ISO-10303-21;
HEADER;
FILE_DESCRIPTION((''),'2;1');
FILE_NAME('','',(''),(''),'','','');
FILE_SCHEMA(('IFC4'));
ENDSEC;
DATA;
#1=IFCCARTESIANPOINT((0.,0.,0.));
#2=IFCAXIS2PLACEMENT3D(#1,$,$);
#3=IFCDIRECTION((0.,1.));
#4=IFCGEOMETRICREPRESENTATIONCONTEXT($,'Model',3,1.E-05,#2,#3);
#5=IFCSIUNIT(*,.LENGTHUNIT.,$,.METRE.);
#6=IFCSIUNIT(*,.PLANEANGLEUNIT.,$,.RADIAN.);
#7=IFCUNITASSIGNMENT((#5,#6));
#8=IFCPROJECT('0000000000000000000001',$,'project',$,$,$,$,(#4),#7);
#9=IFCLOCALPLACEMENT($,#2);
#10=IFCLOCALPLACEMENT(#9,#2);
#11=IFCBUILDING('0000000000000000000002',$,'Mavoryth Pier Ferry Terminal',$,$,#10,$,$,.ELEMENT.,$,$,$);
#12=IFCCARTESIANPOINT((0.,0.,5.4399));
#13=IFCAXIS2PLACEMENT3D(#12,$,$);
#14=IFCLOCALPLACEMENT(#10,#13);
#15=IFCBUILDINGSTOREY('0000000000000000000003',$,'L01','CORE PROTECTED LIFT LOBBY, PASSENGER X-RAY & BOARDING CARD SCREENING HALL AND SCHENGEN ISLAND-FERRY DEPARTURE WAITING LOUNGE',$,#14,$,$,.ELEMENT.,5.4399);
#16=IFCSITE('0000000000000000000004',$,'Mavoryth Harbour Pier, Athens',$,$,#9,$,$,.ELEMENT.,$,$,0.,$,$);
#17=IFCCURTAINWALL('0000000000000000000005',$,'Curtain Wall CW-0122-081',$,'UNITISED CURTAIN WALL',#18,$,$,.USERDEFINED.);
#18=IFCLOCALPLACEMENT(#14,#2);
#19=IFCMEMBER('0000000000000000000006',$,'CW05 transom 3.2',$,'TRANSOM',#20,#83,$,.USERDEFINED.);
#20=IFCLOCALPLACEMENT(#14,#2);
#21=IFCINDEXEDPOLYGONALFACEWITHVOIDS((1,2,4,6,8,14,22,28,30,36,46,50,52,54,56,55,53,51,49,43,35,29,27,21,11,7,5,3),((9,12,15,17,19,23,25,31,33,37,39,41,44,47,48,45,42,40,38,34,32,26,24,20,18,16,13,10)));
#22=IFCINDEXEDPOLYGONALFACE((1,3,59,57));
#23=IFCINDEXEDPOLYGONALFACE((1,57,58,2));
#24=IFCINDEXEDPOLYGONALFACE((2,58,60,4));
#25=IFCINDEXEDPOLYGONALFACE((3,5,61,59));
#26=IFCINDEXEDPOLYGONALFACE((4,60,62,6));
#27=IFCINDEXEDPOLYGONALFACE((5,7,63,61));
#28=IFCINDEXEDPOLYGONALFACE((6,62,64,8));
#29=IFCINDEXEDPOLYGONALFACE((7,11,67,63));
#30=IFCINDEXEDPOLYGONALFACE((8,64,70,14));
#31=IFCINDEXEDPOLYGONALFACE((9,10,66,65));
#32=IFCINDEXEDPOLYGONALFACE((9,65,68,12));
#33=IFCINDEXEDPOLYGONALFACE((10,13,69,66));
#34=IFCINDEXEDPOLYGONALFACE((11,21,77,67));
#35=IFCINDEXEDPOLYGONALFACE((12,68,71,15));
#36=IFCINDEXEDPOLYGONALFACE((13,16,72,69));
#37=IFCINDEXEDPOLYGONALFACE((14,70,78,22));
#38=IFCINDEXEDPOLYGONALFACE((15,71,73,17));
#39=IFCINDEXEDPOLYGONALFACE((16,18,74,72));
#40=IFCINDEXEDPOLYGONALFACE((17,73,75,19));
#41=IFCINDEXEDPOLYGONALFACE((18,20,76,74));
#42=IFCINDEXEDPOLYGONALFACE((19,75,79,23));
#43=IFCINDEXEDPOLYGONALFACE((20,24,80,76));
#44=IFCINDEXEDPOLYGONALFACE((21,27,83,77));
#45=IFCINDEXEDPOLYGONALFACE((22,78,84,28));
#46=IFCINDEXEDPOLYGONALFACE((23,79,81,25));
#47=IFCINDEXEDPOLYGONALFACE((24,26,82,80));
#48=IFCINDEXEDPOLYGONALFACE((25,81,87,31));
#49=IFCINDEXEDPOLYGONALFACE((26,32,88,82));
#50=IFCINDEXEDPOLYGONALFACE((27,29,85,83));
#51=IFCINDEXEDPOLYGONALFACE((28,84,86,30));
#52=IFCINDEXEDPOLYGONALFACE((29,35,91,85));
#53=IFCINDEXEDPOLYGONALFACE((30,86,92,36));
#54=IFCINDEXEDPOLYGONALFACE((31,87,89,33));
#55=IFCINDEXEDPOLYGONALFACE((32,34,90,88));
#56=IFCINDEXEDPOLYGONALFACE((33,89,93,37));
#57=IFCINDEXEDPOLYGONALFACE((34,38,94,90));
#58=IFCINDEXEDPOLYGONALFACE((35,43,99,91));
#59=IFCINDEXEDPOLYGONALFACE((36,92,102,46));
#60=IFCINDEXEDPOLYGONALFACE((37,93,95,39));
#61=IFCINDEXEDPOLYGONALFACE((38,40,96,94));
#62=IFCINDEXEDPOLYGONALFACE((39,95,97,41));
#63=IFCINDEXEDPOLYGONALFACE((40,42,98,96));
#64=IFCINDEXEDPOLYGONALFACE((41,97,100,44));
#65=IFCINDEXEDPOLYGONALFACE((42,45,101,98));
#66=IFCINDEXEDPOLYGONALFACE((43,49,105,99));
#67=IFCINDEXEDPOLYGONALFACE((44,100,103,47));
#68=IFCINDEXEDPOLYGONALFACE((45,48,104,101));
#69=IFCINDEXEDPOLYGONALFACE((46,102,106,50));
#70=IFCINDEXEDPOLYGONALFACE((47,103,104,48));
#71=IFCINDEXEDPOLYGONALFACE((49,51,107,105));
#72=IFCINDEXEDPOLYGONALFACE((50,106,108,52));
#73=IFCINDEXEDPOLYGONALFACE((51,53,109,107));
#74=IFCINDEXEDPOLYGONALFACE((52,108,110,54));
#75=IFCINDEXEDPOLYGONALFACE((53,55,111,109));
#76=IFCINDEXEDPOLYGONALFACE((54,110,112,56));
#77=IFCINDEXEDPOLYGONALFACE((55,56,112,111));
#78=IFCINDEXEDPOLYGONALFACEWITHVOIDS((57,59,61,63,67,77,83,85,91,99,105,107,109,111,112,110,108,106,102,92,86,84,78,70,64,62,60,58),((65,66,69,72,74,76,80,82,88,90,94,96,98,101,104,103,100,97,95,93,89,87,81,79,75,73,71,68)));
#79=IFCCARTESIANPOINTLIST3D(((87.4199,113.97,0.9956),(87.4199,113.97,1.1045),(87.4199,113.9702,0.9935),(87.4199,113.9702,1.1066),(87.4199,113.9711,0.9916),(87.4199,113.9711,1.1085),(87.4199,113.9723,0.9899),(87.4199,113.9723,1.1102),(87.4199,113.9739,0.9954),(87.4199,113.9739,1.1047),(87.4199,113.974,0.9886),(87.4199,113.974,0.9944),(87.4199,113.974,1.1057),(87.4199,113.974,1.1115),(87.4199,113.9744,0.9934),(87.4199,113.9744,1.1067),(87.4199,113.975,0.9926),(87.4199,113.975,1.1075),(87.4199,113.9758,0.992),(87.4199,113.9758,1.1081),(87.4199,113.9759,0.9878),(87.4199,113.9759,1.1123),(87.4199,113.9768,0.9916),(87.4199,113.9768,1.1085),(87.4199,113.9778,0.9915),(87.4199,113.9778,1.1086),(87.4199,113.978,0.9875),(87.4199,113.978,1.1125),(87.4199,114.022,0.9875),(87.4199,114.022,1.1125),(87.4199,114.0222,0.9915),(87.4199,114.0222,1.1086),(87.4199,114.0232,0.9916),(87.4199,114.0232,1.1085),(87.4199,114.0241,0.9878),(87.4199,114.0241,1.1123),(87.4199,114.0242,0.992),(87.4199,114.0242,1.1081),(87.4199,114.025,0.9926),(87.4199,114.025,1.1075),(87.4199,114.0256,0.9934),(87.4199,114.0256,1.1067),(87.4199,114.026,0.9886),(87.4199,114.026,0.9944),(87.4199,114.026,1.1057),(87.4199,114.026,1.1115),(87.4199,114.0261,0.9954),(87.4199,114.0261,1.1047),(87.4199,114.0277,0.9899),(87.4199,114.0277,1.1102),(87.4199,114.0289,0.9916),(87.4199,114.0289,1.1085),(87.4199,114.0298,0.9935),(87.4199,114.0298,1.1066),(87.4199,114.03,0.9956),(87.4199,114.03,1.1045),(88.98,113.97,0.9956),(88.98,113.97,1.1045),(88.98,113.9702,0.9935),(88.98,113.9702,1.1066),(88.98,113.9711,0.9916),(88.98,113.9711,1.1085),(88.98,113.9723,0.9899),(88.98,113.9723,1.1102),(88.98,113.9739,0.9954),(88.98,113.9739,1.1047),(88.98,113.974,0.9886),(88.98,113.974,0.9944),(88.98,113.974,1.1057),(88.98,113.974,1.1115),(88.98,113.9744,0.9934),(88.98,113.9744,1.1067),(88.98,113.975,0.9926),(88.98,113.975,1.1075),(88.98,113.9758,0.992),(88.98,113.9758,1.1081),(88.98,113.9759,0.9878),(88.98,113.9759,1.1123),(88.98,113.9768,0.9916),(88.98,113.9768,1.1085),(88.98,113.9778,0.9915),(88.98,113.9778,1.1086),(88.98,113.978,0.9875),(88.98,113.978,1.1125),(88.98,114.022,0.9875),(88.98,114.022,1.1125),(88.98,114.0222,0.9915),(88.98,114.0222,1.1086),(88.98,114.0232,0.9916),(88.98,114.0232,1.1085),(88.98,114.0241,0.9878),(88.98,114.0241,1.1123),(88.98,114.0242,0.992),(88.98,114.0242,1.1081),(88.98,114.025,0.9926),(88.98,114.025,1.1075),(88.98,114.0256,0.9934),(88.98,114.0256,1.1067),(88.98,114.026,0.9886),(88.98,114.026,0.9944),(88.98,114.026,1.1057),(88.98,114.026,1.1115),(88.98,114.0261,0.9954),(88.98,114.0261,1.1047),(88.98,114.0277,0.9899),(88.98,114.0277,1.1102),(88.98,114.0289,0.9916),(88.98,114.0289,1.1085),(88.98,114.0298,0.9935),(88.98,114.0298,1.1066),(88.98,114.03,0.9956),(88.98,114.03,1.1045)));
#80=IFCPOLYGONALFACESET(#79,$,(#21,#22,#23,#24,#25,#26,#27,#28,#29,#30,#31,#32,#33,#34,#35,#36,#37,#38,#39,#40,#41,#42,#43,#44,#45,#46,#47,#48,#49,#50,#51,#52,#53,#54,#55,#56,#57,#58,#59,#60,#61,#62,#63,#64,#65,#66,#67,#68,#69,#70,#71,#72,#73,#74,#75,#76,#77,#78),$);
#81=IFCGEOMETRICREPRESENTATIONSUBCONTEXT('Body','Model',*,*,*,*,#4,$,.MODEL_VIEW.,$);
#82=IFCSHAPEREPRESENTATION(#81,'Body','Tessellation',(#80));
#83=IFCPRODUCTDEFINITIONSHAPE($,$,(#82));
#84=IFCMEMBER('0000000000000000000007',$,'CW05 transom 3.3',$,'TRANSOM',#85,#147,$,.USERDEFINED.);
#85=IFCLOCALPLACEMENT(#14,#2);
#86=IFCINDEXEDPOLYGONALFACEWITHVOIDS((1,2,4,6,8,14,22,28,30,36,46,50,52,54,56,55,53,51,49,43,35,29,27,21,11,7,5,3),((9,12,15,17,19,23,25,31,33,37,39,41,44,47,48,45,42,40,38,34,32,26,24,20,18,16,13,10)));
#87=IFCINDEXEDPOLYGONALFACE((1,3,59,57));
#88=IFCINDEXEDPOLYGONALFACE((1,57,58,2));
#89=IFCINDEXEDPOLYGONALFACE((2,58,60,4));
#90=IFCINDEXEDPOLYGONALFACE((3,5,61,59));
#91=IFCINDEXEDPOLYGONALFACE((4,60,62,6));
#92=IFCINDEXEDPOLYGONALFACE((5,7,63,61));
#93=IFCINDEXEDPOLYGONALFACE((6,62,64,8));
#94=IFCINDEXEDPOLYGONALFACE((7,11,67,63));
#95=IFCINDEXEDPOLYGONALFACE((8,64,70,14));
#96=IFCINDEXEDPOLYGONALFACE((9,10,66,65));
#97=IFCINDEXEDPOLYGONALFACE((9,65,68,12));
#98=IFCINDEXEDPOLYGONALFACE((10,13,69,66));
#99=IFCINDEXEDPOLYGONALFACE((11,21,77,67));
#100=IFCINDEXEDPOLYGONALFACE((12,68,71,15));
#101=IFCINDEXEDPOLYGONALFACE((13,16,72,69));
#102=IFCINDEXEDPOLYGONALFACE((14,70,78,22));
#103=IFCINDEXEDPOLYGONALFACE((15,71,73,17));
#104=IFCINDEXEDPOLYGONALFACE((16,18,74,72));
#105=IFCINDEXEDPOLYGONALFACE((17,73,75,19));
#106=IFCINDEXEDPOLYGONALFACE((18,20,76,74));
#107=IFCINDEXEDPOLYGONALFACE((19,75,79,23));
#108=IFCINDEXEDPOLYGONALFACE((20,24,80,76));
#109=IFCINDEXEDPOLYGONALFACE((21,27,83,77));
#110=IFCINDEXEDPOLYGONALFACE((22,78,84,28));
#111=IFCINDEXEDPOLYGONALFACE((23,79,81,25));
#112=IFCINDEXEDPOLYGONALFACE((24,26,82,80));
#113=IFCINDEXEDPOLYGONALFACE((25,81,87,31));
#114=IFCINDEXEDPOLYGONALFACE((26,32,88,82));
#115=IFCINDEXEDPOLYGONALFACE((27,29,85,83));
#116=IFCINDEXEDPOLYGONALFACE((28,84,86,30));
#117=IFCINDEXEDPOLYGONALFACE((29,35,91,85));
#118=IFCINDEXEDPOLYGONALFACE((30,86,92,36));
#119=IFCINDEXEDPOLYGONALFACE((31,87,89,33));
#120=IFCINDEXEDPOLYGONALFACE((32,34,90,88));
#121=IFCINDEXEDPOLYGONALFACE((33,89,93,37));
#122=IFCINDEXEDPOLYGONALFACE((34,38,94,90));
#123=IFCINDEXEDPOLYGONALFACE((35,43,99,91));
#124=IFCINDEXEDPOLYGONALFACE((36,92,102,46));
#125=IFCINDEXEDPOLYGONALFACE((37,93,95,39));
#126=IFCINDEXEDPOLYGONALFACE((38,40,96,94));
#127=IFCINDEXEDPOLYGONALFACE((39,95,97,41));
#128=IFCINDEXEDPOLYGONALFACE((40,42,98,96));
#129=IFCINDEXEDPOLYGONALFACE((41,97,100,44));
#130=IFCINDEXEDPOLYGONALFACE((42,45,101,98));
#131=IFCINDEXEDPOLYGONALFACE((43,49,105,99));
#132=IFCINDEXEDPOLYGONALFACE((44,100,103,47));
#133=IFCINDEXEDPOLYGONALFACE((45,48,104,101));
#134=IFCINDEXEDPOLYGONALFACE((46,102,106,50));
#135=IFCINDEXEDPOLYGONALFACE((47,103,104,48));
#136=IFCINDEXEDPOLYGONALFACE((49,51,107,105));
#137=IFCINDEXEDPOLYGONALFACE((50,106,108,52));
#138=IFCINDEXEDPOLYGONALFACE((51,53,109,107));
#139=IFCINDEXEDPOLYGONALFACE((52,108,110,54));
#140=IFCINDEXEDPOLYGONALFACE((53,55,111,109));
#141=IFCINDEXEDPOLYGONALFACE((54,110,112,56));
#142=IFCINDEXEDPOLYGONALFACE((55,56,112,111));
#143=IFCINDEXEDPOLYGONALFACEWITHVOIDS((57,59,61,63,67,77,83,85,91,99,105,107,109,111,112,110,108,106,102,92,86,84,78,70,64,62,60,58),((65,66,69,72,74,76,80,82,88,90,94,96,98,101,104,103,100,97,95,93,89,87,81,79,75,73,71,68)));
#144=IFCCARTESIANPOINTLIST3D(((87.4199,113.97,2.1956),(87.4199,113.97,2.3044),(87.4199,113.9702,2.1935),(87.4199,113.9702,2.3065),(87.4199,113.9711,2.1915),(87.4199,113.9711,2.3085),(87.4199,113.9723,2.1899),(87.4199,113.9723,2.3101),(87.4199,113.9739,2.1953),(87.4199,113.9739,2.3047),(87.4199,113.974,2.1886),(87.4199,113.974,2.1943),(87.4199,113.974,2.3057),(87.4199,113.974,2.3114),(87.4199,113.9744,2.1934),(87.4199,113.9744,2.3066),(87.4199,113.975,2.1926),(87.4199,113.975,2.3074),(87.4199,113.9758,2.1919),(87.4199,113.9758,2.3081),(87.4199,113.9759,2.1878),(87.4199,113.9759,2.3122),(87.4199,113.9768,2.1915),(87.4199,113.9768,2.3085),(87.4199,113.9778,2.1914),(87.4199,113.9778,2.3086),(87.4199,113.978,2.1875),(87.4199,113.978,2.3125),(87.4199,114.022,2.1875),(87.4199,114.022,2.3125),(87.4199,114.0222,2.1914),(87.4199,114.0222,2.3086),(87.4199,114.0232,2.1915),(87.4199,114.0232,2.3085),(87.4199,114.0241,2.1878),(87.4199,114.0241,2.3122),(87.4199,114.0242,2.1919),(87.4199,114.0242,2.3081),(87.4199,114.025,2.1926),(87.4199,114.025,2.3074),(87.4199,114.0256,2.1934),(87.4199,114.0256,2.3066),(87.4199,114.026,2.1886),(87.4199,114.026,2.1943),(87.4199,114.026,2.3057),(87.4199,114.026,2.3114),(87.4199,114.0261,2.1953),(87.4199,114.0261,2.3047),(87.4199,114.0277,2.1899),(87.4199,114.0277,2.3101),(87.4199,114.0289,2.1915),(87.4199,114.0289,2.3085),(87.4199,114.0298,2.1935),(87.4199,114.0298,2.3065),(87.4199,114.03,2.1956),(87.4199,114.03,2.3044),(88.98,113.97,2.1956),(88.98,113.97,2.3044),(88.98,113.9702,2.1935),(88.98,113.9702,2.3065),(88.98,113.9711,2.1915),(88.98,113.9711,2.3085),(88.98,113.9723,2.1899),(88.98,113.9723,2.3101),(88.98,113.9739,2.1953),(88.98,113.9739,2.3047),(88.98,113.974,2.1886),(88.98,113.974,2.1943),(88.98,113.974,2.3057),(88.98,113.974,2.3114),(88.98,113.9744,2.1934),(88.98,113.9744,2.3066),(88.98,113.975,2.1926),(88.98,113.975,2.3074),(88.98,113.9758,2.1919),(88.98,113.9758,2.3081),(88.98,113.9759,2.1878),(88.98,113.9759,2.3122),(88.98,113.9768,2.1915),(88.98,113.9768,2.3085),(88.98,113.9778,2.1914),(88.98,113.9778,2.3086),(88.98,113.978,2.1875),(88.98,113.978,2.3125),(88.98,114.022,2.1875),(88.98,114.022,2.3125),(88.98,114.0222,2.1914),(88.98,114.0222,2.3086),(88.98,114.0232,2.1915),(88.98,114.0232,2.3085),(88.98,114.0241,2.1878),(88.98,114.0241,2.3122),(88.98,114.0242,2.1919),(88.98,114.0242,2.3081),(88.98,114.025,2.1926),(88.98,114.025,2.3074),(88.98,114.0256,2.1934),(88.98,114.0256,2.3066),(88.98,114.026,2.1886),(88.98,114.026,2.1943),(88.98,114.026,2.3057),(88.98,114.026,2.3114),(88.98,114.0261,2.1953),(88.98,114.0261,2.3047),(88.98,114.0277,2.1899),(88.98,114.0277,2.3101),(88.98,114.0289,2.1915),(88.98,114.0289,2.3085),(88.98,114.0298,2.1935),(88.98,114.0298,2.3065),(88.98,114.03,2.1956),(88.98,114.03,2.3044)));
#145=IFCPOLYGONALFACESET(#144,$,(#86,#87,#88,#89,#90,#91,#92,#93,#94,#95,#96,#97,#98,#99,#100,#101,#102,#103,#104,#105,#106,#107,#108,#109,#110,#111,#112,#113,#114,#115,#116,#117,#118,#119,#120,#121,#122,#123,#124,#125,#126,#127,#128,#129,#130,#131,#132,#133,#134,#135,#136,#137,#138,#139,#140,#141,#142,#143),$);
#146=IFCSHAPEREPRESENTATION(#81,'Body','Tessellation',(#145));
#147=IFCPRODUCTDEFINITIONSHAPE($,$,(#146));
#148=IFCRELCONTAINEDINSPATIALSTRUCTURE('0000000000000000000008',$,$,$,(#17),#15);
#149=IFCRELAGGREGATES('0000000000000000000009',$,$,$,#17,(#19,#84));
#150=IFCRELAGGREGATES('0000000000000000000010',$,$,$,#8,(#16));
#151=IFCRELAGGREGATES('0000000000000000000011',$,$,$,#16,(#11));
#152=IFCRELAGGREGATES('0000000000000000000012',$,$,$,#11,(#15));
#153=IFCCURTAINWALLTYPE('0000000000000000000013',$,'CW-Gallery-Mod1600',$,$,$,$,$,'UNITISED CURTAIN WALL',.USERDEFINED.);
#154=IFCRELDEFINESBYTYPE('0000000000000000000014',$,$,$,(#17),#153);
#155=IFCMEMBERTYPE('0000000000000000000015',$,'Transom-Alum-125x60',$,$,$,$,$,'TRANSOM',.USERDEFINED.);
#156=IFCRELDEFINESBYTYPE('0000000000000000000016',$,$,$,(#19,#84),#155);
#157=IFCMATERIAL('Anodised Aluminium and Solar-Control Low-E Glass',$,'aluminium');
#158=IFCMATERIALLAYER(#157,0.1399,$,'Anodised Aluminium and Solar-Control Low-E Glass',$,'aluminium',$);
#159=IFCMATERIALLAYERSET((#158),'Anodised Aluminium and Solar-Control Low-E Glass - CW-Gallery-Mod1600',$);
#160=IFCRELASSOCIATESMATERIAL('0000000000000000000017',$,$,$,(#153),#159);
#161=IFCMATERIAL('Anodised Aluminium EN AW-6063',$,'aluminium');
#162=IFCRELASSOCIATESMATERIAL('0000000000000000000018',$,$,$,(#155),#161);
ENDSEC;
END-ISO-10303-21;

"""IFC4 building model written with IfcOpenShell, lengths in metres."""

from ifc_helpers import new_model, si_unit, direction, frame, origin, origin_2d, place, context, subcontext, project, spatial, hollow_rectangle, extrude, material, layer, layer_set, material_profile, profile_set, type_object, element, aggregate, save


model = new_model("IFC4")

# Units and contexts
model_context = context("Model", 3, precision=1e-05, world=origin(), true_north=direction((0.0, 1.0)))
body_context = subcontext(model_context, "Body", "Model", "MODEL_VIEW")
ifc_project = project(units=[si_unit("LENGTHUNIT", "METRE"), si_unit("PLANEANGLEUNIT", "RADIAN")], contexts=[model_context])

# Site, building, storey
site_placement = place(None, origin())
site = spatial("IfcSite", under=ifc_project, at=site_placement, Name="Mavoryth Harbour Pier, Athens", CompositionType="ELEMENT", RefElevation=0.0)
building_placement = place(site_placement, origin())
building = spatial("IfcBuilding", under=site, at=building_placement, Name="Mavoryth Pier Ferry Terminal", CompositionType="ELEMENT")
storey_placement = place(building_placement, frame((0.0, 0.0, 5.4399)))
storey = spatial("IfcBuildingStorey", under=building, at=storey_placement, Name="L01", Description="CORE PROTECTED LIFT LOBBY, PASSENGER X-RAY & BOARDING CARD SCREENING HALL AND SCHENGEN ISLAND-FERRY DEPARTURE WAITING LOUNGE", CompositionType="ELEMENT", Elevation=5.4399)

# Curtain wall, members
ifc_material_1 = material(Name="Anodised Aluminium and Solar-Control Low-E Glass", Category="aluminium")
ifc_layer_1 = layer(ifc_material_1, 0.1399, Name="Anodised Aluminium and Solar-Control Low-E Glass", Category="aluminium")
ifc_layer_set_1 = layer_set([ifc_layer_1], Name="Anodised Aluminium and Solar-Control Low-E Glass - CW-Gallery-Mod1600")
curtain_wall_type = type_object("IfcCurtainWallType", Name="CW-Gallery-Mod1600", ElementType="UNITISED CURTAIN WALL", PredefinedType="USERDEFINED", material=ifc_layer_set_1)
curtain_wall_placement = place(storey_placement, origin())
curtain_wall = element("IfcCurtainWall", 1, at=curtain_wall_placement, inside=storey, type_object=curtain_wall_type, Name="Curtain Wall CW-0122-081", ObjectType="UNITISED CURTAIN WALL", PredefinedType="USERDEFINED")
ifc_material_2 = material(Name="Anodised Aluminium EN AW-6063", Category="aluminium")
ifc_material_profile_1 = material_profile(ifc_material_2, hollow_rectangle(XDim=0.0601, YDim=0.125, WallThickness=0.0039, InnerFilletRadius=0.0039, OuterFilletRadius=0.0081, at=origin_2d()), Name="AL-TRAN 125x60x4", Category="aluminium")
ifc_profile_set_1 = profile_set([ifc_material_profile_1], Name="Anodised Aluminium EN AW-6063 - AL-TRAN 125x60x4")
member_type_1 = type_object("IfcMemberType", Name="Transom-Alum-125x60", ElementType="TRANSOM", PredefinedType="USERDEFINED", material=ifc_profile_set_1)
member_1_placement = place(storey_placement, frame((88.98, 114.0, 1.05), z_axis=(-1.0, 0.0, 0.0), x_axis=(0.0, -1.0, 0.0)))
member_1 = element("IfcMember", 2, at=member_1_placement, type_object=member_type_1, Name="CW05 transom 3.2", ObjectType="TRANSOM", PredefinedType="USERDEFINED", context=body_context, shape_type="SweptSolid", body=[
    extrude(hollow_rectangle(XDim=0.0601, YDim=0.125, WallThickness=0.0039, InnerFilletRadius=0.0039, OuterFilletRadius=0.0081, at=origin_2d()), origin(), (0.0, 0.0, 1.0), 1.5601),
])
member_2_placement = place(storey_placement, frame((88.98, 114.0, 2.25), z_axis=(-1.0, 0.0, 0.0), x_axis=(0.0, -1.0, 0.0)))
member_2 = element("IfcMember", 3, at=member_2_placement, type_object=member_type_1, Name="CW05 transom 3.3", ObjectType="TRANSOM", PredefinedType="USERDEFINED", context=body_context, shape_type="SweptSolid", body=[
    extrude(hollow_rectangle(XDim=0.0601, YDim=0.125, WallThickness=0.0039, InnerFilletRadius=0.0039, OuterFilletRadius=0.0081, at=origin_2d()), origin(), (0.0, 0.0, 1.0), 1.5601),
])
aggregate(curtain_wall, [member_1, member_2])

save(model, "model.ifc")
